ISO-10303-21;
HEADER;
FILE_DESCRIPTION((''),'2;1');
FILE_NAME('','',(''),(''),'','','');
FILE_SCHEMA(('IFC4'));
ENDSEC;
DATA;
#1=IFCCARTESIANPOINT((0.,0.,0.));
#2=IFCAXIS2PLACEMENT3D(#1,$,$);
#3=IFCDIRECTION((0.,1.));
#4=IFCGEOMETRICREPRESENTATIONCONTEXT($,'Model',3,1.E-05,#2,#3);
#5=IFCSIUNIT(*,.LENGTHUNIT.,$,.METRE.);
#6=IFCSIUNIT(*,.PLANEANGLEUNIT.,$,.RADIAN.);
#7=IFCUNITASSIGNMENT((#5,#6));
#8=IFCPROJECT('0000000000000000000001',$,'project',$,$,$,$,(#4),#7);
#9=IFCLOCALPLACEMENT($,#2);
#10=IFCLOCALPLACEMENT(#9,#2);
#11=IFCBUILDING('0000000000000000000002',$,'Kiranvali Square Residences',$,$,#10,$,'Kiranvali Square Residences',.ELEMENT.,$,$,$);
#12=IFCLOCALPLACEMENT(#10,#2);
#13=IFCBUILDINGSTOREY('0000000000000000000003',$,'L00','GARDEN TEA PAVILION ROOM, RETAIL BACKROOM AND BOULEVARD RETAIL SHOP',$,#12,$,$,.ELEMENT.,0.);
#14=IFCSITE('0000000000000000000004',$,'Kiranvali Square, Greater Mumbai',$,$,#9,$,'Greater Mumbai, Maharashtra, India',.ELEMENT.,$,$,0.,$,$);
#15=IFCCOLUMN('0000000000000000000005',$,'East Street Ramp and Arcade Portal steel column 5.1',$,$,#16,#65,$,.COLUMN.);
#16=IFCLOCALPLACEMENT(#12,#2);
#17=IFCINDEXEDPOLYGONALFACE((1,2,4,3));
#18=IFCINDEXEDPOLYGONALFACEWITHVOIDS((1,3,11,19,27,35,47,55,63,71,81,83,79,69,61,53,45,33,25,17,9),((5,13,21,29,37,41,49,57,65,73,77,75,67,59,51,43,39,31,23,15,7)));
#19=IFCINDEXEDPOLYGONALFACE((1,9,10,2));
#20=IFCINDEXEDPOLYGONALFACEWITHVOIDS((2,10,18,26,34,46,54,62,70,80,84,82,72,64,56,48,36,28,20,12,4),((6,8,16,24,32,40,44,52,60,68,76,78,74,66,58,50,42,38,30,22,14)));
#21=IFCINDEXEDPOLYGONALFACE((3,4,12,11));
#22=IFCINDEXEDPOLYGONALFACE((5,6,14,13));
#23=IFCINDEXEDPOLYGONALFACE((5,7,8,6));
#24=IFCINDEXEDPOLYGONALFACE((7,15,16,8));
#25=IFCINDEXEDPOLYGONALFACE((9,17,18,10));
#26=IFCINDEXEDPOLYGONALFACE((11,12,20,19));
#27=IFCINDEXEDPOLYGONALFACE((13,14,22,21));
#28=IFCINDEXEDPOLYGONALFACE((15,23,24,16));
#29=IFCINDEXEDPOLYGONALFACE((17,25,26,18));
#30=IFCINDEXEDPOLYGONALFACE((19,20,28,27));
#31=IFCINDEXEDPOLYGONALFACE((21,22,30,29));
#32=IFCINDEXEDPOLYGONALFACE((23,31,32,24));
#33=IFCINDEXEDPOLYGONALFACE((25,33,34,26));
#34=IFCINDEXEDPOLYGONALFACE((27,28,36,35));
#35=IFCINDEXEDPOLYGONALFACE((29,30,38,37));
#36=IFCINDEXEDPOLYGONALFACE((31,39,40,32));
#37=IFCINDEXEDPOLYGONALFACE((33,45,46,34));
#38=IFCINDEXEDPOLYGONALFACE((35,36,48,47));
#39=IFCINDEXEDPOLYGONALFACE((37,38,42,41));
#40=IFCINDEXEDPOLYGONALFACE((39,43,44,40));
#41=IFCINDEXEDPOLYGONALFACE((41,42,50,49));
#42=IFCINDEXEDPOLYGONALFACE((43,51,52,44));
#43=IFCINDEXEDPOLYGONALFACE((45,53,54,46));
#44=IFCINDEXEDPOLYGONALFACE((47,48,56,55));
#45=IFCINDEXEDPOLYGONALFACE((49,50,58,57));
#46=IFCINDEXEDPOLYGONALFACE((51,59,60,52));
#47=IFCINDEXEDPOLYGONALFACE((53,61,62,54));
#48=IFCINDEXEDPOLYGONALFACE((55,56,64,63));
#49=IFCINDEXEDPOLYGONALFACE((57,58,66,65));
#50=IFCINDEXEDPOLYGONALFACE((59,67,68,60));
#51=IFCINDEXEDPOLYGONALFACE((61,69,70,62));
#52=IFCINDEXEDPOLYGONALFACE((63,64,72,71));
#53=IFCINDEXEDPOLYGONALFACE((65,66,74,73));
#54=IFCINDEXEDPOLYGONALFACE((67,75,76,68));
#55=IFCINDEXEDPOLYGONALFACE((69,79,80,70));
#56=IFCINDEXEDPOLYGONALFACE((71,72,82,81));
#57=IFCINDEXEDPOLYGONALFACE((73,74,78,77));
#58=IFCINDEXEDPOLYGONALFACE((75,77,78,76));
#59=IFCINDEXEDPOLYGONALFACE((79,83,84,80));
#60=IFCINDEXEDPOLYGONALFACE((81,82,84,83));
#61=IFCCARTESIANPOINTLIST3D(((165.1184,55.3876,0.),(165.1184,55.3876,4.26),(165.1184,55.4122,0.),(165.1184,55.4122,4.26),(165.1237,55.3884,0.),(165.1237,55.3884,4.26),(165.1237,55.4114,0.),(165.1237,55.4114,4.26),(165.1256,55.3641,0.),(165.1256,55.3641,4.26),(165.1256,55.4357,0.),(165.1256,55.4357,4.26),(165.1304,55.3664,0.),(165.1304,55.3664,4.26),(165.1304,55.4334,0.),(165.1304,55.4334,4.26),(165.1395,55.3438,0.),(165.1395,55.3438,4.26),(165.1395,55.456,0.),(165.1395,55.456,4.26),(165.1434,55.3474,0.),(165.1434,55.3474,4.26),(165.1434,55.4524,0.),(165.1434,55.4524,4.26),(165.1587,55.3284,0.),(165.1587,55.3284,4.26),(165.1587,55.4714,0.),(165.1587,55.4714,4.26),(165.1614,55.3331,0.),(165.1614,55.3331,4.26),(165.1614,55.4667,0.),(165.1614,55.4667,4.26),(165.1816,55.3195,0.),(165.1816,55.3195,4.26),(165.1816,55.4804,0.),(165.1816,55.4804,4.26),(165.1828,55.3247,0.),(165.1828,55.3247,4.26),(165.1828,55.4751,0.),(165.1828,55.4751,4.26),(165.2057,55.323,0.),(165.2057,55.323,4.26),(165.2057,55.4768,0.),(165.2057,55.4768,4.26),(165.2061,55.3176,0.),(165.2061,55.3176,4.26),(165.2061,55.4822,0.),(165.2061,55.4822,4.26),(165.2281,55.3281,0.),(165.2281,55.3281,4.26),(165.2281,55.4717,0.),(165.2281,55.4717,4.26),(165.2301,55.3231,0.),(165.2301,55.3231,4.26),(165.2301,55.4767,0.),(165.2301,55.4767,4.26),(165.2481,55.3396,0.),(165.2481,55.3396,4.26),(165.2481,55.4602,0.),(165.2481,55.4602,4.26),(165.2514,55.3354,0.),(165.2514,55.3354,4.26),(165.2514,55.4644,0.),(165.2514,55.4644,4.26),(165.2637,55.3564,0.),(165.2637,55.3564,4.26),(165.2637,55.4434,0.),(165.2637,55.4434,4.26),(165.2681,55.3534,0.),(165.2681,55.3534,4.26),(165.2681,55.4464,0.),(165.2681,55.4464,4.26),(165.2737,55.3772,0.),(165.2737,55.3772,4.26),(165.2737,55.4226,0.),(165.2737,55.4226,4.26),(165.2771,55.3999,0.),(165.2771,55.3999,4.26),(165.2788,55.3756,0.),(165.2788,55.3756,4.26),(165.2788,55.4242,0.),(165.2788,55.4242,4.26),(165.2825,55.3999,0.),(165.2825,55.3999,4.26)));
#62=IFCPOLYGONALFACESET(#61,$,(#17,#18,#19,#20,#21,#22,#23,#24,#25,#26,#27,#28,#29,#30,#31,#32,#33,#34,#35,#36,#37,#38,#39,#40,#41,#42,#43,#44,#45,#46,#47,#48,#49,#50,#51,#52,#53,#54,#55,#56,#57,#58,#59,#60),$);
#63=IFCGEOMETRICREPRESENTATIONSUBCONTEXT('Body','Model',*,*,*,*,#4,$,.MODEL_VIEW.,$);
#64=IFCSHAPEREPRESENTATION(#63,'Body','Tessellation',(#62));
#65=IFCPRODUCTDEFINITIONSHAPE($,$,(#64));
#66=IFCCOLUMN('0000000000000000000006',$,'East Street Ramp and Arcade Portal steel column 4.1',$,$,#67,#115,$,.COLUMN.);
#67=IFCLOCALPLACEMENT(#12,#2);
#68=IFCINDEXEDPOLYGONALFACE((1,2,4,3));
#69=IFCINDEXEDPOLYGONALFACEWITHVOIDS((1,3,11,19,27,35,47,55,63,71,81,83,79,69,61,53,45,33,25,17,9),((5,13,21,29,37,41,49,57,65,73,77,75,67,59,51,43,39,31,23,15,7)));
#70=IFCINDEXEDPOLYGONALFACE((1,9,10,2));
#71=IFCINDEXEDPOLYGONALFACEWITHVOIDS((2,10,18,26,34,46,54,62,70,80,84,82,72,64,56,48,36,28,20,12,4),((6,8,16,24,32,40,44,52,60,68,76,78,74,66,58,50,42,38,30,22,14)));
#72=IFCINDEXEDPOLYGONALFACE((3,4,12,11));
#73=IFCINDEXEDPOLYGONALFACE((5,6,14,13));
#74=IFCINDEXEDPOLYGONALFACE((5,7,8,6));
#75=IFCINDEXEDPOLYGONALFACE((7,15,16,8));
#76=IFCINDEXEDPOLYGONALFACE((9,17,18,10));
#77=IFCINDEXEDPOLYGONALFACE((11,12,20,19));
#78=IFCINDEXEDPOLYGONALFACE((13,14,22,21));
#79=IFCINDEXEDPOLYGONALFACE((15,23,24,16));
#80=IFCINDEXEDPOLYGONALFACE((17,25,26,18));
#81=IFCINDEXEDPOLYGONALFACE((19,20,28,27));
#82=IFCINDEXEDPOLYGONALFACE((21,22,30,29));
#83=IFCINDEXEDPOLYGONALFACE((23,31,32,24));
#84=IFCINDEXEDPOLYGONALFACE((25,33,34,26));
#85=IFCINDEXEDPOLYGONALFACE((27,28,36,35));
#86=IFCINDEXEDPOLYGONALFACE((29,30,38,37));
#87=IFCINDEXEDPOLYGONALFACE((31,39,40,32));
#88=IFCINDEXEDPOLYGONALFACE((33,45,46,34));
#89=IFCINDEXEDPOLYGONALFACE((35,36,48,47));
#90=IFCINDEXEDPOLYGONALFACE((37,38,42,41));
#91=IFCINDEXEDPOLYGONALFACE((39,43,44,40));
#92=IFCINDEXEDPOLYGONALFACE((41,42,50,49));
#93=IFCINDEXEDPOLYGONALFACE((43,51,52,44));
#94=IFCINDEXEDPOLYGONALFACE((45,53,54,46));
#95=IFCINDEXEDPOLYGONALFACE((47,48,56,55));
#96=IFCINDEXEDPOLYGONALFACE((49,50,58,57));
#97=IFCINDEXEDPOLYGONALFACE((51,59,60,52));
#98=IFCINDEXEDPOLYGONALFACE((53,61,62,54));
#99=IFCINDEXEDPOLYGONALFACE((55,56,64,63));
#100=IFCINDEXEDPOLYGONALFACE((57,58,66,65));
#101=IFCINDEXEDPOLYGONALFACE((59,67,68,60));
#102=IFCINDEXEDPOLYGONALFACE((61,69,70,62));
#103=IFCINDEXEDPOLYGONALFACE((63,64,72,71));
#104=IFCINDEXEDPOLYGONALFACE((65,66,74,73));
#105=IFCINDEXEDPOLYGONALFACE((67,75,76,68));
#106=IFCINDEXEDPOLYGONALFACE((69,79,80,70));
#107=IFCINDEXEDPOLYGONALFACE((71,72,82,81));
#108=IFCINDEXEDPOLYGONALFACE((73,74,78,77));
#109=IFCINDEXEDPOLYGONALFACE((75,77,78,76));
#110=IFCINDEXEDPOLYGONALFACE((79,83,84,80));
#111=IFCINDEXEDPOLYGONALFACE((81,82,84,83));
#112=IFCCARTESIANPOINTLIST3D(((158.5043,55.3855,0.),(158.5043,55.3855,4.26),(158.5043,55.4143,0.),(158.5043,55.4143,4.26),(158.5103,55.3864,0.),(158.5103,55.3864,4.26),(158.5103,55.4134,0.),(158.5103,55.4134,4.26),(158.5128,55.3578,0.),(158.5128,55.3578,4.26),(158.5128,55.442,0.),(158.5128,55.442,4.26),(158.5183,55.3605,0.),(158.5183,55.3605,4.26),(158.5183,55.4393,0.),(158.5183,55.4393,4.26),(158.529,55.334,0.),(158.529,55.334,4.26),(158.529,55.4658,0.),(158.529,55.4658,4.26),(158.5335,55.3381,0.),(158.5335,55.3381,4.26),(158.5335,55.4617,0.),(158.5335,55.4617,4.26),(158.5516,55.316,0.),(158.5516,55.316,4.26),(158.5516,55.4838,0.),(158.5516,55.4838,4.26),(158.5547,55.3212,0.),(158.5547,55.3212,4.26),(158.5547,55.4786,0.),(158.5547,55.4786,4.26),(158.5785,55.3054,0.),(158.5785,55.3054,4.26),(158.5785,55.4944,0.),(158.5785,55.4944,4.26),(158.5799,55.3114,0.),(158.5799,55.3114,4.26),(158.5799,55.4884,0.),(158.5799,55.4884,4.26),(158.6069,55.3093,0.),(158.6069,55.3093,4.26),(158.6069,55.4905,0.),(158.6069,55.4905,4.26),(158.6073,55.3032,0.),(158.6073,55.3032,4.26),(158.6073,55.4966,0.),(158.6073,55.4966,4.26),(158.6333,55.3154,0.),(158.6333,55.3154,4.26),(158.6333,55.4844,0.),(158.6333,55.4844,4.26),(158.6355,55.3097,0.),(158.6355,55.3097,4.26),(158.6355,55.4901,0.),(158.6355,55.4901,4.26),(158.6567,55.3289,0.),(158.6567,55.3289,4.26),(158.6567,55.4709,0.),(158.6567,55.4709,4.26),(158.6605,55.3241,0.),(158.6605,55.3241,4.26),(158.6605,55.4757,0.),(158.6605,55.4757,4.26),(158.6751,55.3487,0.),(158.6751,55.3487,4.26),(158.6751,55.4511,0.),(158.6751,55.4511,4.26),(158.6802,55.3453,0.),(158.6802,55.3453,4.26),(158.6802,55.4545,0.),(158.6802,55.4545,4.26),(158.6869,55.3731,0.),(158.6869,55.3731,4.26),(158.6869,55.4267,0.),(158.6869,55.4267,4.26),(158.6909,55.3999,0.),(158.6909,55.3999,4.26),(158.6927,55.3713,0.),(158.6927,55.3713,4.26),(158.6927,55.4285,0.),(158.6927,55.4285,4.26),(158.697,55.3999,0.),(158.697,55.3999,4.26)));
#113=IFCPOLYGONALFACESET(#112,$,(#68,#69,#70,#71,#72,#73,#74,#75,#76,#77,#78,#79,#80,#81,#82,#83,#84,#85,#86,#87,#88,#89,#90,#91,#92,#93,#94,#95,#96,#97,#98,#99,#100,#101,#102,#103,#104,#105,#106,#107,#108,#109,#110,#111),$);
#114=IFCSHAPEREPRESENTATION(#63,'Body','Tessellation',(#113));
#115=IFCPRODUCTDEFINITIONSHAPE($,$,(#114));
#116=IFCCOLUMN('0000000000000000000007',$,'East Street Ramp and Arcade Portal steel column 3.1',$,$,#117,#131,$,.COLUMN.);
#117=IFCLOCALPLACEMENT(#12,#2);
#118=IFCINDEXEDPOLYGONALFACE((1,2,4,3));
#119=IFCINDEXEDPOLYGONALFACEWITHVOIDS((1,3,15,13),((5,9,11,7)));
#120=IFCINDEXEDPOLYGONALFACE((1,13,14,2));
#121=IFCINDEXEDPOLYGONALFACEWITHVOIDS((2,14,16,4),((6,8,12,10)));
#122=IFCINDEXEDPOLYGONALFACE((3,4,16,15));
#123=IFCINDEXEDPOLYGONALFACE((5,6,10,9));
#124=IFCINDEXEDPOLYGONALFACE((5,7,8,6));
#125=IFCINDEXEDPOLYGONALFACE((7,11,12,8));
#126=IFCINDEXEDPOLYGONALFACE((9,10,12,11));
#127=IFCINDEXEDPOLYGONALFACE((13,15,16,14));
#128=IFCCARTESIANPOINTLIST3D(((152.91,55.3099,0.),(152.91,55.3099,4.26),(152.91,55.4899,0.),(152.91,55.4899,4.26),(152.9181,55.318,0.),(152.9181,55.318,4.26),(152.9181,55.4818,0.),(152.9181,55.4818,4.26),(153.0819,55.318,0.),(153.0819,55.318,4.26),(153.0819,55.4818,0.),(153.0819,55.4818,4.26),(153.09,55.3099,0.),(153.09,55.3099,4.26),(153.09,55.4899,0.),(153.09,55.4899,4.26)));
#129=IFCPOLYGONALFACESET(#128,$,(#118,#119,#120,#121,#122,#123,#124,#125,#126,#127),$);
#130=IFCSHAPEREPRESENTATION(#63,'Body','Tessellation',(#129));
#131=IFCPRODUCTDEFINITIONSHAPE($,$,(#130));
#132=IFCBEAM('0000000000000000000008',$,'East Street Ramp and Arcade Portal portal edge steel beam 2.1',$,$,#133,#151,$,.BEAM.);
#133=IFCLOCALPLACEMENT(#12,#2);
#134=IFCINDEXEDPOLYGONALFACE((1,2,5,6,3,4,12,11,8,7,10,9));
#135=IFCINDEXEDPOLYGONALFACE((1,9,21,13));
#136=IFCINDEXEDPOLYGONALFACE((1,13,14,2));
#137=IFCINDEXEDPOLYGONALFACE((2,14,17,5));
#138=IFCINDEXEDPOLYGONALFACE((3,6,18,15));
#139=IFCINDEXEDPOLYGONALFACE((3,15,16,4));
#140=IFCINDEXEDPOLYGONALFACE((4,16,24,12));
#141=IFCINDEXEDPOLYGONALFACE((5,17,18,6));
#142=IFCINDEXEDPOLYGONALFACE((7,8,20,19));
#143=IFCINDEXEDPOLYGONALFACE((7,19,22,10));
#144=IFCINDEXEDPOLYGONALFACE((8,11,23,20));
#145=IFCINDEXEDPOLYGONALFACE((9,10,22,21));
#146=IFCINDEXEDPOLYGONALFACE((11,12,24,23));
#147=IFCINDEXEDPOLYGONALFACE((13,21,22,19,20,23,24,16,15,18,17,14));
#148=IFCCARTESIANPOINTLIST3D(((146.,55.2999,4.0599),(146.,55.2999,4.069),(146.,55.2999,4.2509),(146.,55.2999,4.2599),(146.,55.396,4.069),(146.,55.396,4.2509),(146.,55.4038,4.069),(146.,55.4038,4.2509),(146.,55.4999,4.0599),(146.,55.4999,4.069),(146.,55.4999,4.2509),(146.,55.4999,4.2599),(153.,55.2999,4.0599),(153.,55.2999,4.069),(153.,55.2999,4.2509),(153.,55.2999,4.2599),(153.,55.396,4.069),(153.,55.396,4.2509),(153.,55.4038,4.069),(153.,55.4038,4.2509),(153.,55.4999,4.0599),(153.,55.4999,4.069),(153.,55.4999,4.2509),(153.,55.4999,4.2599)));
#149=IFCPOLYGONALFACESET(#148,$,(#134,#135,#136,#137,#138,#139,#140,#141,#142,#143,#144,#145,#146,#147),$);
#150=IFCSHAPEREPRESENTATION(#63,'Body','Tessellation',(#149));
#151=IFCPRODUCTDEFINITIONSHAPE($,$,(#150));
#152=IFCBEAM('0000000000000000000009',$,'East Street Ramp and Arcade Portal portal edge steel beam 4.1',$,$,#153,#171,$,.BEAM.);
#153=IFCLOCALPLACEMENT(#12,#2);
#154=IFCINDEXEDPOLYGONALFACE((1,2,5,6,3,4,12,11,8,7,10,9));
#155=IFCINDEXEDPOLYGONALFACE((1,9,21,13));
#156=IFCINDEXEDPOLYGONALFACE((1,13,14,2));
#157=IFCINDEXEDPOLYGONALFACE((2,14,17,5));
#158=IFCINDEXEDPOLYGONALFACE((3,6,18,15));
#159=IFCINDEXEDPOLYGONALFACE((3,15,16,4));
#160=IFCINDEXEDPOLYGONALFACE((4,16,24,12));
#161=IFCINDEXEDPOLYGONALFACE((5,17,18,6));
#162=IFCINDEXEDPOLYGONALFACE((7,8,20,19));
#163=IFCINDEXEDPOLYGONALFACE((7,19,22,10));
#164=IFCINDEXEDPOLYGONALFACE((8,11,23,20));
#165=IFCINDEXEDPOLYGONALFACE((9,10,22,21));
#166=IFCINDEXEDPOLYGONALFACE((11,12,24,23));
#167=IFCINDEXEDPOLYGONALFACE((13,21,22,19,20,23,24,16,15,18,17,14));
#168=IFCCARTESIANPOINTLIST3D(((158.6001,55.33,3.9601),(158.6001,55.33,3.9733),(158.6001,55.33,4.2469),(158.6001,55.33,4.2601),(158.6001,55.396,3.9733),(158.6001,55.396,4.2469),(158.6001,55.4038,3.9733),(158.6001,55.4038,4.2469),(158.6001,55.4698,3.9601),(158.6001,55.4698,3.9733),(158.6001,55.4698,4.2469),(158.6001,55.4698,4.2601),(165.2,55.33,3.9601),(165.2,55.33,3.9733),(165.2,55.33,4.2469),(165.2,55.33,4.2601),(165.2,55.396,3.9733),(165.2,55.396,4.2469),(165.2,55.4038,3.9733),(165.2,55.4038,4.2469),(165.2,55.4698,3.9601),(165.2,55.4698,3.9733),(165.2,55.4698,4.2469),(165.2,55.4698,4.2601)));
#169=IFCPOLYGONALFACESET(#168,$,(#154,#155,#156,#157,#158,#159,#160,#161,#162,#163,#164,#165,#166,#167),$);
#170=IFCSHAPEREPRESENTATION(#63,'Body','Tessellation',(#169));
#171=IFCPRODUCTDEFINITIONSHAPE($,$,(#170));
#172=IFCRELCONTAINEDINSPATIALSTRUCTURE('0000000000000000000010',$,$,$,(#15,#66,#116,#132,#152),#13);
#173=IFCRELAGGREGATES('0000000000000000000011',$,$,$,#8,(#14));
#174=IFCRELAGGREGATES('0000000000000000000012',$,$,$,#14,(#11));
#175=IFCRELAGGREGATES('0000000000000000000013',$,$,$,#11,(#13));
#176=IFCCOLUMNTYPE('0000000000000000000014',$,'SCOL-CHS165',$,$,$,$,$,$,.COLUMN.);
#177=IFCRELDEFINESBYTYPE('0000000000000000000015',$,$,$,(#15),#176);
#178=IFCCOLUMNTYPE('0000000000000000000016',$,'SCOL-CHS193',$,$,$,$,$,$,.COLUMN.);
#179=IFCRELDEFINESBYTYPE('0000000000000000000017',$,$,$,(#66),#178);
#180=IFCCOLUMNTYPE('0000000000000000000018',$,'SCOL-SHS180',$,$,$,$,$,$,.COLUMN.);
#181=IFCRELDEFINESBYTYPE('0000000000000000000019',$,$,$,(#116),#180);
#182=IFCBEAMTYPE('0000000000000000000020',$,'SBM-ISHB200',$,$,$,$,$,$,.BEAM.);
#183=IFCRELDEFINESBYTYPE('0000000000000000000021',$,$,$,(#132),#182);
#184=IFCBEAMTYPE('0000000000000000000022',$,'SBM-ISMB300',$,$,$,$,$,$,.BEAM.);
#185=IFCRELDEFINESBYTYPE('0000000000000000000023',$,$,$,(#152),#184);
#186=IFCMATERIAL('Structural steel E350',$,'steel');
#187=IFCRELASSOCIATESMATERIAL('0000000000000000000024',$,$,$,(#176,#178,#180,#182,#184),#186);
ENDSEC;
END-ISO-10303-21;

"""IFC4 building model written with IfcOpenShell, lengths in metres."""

from ifc_helpers import new_model, si_unit, direction, frame, origin, origin_2d, place, context, subcontext, project, spatial, hollow_rectangle, hollow_circle, i_section, extrude, material, material_profile, profile_set, type_object, element, save


model = new_model("IFC4")

# Units and contexts
model_context = context("Model", 3, precision=1e-05, world=origin(), true_north=direction((0.0, 1.0)))
body_context = subcontext(model_context, "Body", "Model", "MODEL_VIEW")
ifc_project = project(units=[si_unit("LENGTHUNIT", "METRE"), si_unit("PLANEANGLEUNIT", "RADIAN")], contexts=[model_context])

# Site, building, storey
site_placement = place(None, origin())
site = spatial("IfcSite", under=ifc_project, at=site_placement, Name="Kiranvali Square, Greater Mumbai", LongName="Greater Mumbai, Maharashtra, India", CompositionType="ELEMENT", RefElevation=0.0)
building_placement = place(site_placement, origin())
building = spatial("IfcBuilding", under=site, at=building_placement, Name="Kiranvali Square Residences", LongName="Kiranvali Square Residences", CompositionType="ELEMENT")
storey_placement = place(building_placement, origin())
storey = spatial("IfcBuildingStorey", under=building, at=storey_placement, Name="L00", Description="GARDEN TEA PAVILION ROOM, RETAIL BACKROOM AND BOULEVARD RETAIL SHOP", CompositionType="ELEMENT", Elevation=0.0)

# Columns
ifc_material_1 = material(Name="Structural steel E350", Category="steel")
ifc_material_profile_1 = material_profile(ifc_material_1, hollow_circle(Radius=0.0825, WallThickness=0.0054, at=origin_2d()), Name="CHS 165.1x5.4")
ifc_profile_set_1 = profile_set([ifc_material_profile_1], Name="Structural steel E350")
column_type_1 = type_object("IfcColumnType", Name="SCOL-CHS165", PredefinedType="COLUMN", material=ifc_profile_set_1)
column_1_placement = place(storey_placement, frame((165.2, 55.3999, 0.0), z_axis=(0.0, 0.0, 1.0), x_axis=(1.0, 0.0, 0.0)))
element("IfcColumn", 1, at=column_1_placement, inside=storey, type_object=column_type_1, Name="East Street Ramp and Arcade Portal steel column 5.1", PredefinedType="COLUMN", context=body_context, shape_type="SweptSolid", body=[
    extrude(hollow_circle(Radius=0.0825, WallThickness=0.0054, at=origin_2d()), origin(), (0.0, 0.0, 1.0), 4.26),
])
ifc_material_profile_2 = material_profile(ifc_material_1, hollow_circle(Radius=0.0969, WallThickness=0.0061, at=origin_2d()), Name="CHS 193.7x6.0")
ifc_profile_set_2 = profile_set([ifc_material_profile_2], Name="Structural steel E350")
column_type_2 = type_object("IfcColumnType", Name="SCOL-CHS193", PredefinedType="COLUMN", material=ifc_profile_set_2)
column_2_placement = place(storey_placement, frame((158.6001, 55.3999, 0.0), z_axis=(0.0, 0.0, 1.0), x_axis=(1.0, 0.0, 0.0)))
element("IfcColumn", 2, at=column_2_placement, inside=storey, type_object=column_type_2, Name="East Street Ramp and Arcade Portal steel column 4.1", PredefinedType="COLUMN", context=body_context, shape_type="SweptSolid", body=[
    extrude(hollow_circle(Radius=0.0969, WallThickness=0.0061, at=origin_2d()), origin(), (0.0, 0.0, 1.0), 4.26),
])
ifc_material_profile_3 = material_profile(ifc_material_1, hollow_rectangle(XDim=0.1799, YDim=0.1799, WallThickness=0.0081, at=origin_2d()), Name="SHS 180x180x8.0")
ifc_profile_set_3 = profile_set([ifc_material_profile_3], Name="Structural steel E350")
column_type_3 = type_object("IfcColumnType", Name="SCOL-SHS180", PredefinedType="COLUMN", material=ifc_profile_set_3)
column_3_placement = place(storey_placement, frame((153.0, 55.3999, 0.0), z_axis=(0.0, 0.0, 1.0), x_axis=(1.0, 0.0, 0.0)))
element("IfcColumn", 3, at=column_3_placement, inside=storey, type_object=column_type_3, Name="East Street Ramp and Arcade Portal steel column 3.1", PredefinedType="COLUMN", context=body_context, shape_type="SweptSolid", body=[
    extrude(hollow_rectangle(XDim=0.1799, YDim=0.1799, WallThickness=0.0081, at=origin_2d()), origin(), (0.0, 0.0, 1.0), 4.26),
])

# Beams
ifc_material_profile_4 = material_profile(ifc_material_1, i_section(OverallWidth=0.2, OverallDepth=0.2, WebThickness=0.0078, FlangeThickness=0.009, at=origin_2d()), Name="ISHB 200")
ifc_profile_set_4 = profile_set([ifc_material_profile_4], Name="Structural steel E350")
beam_type_1 = type_object("IfcBeamType", Name="SBM-ISHB200", PredefinedType="BEAM", material=ifc_profile_set_4)
beam_1_placement = place(storey_placement, frame((146.0, 55.3999, 4.1599), z_axis=(1.0, 0.0, 0.0), x_axis=(0.0, 1.0, 0.0)))
element("IfcBeam", 4, at=beam_1_placement, inside=storey, type_object=beam_type_1, Name="East Street Ramp and Arcade Portal portal edge steel beam 2.1", PredefinedType="BEAM", context=body_context, shape_type="SweptSolid", body=[
    extrude(i_section(OverallWidth=0.2, OverallDepth=0.2, WebThickness=0.0078, FlangeThickness=0.009, at=origin_2d()), origin(), (0.0, 0.0, 1.0), 7.0),
])
ifc_material_profile_5 = material_profile(ifc_material_1, i_section(OverallWidth=0.1399, OverallDepth=0.3, WebThickness=0.0078, FlangeThickness=0.0132, at=origin_2d()), Name="ISMB 300")
ifc_profile_set_5 = profile_set([ifc_material_profile_5], Name="Structural steel E350")
beam_type_2 = type_object("IfcBeamType", Name="SBM-ISMB300", PredefinedType="BEAM", material=ifc_profile_set_5)
beam_2_placement = place(storey_placement, frame((158.6001, 55.3999, 4.1101), z_axis=(1.0, 0.0, 0.0), x_axis=(0.0, 1.0, 0.0)))
element("IfcBeam", 5, at=beam_2_placement, inside=storey, type_object=beam_type_2, Name="East Street Ramp and Arcade Portal portal edge steel beam 4.1", PredefinedType="BEAM", context=body_context, shape_type="SweptSolid", body=[
    extrude(i_section(OverallWidth=0.1399, OverallDepth=0.3, WebThickness=0.0078, FlangeThickness=0.0132, at=origin_2d()), origin(), (0.0, 0.0, 1.0), 6.5999),
])

save(model, "model.ifc")
